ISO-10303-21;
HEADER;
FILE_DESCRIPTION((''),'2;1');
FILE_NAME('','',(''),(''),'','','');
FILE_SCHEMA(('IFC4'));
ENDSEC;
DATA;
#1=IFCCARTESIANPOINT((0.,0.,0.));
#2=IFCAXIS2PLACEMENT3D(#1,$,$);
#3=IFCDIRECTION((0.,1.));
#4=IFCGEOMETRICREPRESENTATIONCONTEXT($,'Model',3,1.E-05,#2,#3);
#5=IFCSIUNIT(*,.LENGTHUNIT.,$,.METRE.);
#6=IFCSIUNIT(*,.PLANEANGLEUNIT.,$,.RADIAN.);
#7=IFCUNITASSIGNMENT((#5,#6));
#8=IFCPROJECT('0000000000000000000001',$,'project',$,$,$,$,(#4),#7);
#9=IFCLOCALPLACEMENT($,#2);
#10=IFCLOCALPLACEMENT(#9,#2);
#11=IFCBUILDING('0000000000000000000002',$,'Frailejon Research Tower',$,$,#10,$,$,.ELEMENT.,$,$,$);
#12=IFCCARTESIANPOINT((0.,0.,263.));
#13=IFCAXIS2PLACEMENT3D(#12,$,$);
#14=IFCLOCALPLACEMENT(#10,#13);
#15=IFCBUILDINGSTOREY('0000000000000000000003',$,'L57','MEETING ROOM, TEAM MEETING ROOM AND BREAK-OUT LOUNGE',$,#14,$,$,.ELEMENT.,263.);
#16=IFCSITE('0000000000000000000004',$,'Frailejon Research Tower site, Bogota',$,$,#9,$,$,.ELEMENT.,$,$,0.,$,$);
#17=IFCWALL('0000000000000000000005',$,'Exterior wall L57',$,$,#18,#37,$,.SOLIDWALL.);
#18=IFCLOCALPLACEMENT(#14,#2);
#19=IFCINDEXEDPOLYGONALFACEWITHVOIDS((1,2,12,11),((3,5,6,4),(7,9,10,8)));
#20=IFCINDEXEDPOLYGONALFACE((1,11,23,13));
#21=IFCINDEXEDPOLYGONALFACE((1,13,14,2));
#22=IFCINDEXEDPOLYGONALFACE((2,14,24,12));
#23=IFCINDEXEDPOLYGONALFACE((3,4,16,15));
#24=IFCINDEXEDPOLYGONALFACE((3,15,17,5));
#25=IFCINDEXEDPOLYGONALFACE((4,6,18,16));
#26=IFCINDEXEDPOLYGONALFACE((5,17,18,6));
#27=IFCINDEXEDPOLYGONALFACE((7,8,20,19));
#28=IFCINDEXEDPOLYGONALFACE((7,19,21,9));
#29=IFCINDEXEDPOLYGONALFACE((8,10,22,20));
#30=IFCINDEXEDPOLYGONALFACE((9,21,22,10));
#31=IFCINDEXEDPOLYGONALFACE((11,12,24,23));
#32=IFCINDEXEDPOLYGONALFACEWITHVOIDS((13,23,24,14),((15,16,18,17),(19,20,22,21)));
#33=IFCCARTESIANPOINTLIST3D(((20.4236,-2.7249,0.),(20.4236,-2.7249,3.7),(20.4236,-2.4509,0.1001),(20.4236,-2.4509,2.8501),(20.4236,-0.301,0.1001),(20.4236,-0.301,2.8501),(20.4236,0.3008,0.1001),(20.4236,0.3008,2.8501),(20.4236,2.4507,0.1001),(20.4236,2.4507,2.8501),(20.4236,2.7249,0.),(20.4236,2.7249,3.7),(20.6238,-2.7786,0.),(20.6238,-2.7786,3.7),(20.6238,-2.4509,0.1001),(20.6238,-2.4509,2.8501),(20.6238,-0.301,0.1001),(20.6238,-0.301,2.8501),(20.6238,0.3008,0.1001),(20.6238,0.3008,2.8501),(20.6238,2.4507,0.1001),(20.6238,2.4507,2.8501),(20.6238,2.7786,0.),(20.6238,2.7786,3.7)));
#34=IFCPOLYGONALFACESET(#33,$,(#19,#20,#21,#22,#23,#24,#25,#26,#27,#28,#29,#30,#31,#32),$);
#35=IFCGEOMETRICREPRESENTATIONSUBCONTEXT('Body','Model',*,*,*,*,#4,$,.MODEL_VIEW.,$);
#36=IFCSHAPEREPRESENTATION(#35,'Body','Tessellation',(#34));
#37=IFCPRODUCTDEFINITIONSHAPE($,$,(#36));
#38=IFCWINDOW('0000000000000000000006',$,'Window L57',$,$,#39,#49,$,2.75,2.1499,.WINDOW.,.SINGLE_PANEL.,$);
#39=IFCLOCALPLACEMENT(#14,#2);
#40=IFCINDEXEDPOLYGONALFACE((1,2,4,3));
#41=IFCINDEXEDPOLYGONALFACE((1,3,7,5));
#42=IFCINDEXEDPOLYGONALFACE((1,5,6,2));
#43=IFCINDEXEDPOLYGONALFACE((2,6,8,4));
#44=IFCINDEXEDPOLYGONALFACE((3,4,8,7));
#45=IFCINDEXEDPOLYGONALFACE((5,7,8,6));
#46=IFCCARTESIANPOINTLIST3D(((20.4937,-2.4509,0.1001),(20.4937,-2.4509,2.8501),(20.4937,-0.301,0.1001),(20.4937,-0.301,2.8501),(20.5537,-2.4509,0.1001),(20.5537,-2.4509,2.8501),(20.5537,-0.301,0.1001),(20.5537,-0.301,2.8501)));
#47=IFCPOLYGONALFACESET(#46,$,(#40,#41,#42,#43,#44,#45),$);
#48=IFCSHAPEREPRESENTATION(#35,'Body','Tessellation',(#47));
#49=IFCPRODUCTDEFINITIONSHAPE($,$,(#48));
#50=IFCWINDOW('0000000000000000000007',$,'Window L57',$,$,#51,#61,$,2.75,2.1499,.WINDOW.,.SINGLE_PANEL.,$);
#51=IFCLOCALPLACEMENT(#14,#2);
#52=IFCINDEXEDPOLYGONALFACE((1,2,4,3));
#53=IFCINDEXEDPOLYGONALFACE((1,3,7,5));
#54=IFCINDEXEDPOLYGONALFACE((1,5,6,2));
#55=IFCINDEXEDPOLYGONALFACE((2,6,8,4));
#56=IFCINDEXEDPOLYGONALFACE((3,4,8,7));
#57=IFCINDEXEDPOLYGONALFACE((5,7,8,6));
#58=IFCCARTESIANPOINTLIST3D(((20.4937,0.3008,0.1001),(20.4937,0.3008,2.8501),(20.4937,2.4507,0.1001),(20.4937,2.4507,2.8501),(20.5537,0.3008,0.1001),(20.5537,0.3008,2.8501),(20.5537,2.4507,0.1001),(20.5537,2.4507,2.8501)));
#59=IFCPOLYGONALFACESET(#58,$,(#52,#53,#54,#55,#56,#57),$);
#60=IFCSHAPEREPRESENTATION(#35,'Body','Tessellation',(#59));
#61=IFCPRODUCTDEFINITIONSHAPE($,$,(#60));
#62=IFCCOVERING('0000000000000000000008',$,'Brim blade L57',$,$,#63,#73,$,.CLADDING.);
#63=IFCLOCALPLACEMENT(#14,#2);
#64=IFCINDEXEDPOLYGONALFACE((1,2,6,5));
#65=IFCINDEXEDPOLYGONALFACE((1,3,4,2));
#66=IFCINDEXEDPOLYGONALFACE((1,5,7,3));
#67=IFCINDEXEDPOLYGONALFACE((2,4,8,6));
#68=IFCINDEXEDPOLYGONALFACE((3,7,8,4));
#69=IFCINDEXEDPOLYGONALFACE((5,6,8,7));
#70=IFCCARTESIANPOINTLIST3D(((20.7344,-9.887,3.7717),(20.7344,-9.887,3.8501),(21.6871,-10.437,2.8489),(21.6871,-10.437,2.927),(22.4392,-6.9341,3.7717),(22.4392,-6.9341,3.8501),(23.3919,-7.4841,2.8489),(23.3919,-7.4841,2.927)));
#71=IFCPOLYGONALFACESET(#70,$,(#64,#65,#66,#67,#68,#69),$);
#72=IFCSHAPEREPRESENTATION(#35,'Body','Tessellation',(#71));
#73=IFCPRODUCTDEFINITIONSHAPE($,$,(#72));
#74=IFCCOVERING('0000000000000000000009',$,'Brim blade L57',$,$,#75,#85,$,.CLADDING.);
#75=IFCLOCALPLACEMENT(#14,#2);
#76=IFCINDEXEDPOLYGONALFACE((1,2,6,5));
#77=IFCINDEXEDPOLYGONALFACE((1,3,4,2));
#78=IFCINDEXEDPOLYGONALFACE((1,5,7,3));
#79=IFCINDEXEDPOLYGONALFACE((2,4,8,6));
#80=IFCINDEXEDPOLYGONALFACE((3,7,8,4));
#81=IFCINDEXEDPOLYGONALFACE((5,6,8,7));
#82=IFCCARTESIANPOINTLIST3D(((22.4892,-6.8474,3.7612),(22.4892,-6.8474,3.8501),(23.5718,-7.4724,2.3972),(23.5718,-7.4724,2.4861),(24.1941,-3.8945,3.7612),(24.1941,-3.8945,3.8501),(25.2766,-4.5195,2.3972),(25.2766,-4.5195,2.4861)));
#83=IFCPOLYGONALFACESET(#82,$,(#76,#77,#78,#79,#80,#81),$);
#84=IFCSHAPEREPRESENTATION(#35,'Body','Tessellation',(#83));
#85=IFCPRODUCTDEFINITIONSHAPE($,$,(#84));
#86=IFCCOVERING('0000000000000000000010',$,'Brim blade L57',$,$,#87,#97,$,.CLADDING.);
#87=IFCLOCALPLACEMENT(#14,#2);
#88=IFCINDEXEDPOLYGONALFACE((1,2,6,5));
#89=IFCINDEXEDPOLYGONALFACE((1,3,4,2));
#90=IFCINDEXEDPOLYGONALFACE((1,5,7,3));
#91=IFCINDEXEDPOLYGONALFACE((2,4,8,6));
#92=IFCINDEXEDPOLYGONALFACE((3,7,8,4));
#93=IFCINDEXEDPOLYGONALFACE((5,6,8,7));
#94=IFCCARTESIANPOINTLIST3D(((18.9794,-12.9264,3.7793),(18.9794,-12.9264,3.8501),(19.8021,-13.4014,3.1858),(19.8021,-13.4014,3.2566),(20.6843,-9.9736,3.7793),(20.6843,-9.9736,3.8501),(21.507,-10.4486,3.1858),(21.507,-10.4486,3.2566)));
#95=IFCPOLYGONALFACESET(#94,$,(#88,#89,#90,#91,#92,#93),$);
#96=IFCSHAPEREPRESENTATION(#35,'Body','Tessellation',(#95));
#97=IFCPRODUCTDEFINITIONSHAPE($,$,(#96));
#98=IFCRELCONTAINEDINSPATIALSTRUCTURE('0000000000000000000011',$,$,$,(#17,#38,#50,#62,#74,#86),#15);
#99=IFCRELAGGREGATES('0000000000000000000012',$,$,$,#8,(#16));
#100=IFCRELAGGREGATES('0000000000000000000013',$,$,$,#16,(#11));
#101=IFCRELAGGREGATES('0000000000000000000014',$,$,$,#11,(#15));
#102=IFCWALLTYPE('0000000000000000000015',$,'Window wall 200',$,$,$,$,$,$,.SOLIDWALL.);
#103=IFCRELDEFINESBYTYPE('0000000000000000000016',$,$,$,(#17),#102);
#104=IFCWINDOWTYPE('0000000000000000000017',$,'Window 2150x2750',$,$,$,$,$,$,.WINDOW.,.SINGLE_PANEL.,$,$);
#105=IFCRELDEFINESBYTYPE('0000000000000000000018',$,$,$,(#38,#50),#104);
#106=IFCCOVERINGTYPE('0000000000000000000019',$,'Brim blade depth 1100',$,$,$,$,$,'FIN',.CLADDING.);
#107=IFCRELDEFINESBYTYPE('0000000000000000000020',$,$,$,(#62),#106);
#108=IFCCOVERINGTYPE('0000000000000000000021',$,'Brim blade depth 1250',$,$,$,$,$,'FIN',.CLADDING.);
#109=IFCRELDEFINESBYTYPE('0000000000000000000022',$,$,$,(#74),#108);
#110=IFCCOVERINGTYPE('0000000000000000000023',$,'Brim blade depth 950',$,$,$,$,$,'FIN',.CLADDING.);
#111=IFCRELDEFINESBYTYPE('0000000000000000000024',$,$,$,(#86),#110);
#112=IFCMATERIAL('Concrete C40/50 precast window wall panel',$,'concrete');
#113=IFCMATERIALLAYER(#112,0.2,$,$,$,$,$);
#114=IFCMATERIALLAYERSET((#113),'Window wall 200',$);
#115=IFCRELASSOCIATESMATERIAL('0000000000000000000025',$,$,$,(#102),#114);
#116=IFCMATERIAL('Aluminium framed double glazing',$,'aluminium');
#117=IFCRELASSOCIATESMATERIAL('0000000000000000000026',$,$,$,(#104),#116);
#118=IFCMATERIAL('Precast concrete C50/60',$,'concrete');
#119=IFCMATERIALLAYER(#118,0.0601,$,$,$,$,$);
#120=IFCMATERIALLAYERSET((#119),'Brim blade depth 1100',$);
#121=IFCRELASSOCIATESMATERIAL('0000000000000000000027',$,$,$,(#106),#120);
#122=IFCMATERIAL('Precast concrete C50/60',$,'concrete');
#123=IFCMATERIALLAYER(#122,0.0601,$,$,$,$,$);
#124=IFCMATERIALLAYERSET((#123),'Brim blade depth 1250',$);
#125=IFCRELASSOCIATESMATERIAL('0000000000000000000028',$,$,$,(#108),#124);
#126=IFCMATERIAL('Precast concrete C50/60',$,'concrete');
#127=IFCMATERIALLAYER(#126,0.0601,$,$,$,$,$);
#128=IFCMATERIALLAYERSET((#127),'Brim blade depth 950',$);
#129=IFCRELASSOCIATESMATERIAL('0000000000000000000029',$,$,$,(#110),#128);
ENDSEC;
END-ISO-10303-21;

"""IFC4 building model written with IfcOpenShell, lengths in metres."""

from ifc_helpers import new_model, si_unit, direction, frame, frame_2d, origin, place, context, subcontext, project, spatial, polyline, rectangle, outline, extrude, material, layer, layer_set, type_object, element, fill, save


model = new_model("IFC4")

# Units and contexts
model_context = context("Model", 3, precision=1e-05, world=origin(), true_north=direction((0.0, 1.0)))
body_context = subcontext(model_context, "Body", "Model", "MODEL_VIEW")
ifc_project = project(units=[si_unit("LENGTHUNIT", "METRE"), si_unit("PLANEANGLEUNIT", "RADIAN")], contexts=[model_context])

# Site, building, storey
site_placement = place(None, origin())
site = spatial("IfcSite", under=ifc_project, at=site_placement, Name="Frailejon Research Tower site, Bogota", CompositionType="ELEMENT", RefElevation=0.0)
building_placement = place(site_placement, origin())
building = spatial("IfcBuilding", under=site, at=building_placement, Name="Frailejon Research Tower", CompositionType="ELEMENT")
storey_placement = place(building_placement, frame((0.0, 0.0, 263.0)))
storey = spatial("IfcBuildingStorey", under=building, at=storey_placement, Name="L57", Description="MEETING ROOM, TEAM MEETING ROOM AND BREAK-OUT LOUNGE", CompositionType="ELEMENT", Elevation=263.0)

# Wall, openings, windows
ifc_material_1 = material(Name="Concrete C40/50 precast window wall panel", Category="concrete")
ifc_layer_1 = layer(ifc_material_1, 0.2)
ifc_layer_set_1 = layer_set([ifc_layer_1], Name="Window wall 200")
wall_type = type_object("IfcWallType", Name="Window wall 200", PredefinedType="SOLIDWALL", material=ifc_layer_set_1)
wall_placement = place(storey_placement, frame((20.5237, -2.7517, 0.0), z_axis=(0.0, 0.0, 1.0), x_axis=(0.0, 1.0, 0.0)))
wall = element("IfcWall", 1, at=wall_placement, inside=storey, type_object=wall_type, Name="Exterior wall L57", PredefinedType="SOLIDWALL", context=body_context, shape_type="SweptSolid", body=[
    extrude(outline(polyline([(-0.0269, -0.1001), (1.0845, -0.1001), (2.196, -0.1001), (3.3074, -0.1001), (4.4189, -0.1001), (5.5303, -0.1001), (5.4766, 0.1001), (4.3867, 0.1001), (3.2966, 0.1001), (2.2068, 0.1001), (1.1167, 0.1001), (0.0269, 0.1001), (-0.0269, -0.1001)])), origin(), (0.0, 0.0, 1.0), 3.7),
])
opening_1_placement = place(wall_placement, frame((0.3008, 0.0, 0.1001)))
opening_1 = element("IfcOpeningElement", 2, at=opening_1_placement, cuts=wall, PredefinedType="OPENING", context=body_context, shape_type="SweptSolid", body=[
    extrude(rectangle(XDim=2.1499, YDim=2.75, at=frame_2d((1.075, 1.375))), frame((0.0, 0.1099, 0.0), z_axis=(0.0, -1.0, 0.0), x_axis=(1.0, 0.0, 0.0)), (0.0, 0.0, 1.0), 0.22),
])
opening_2_placement = place(wall_placement, frame((3.0525, 0.0, 0.1001)))
opening_2 = element("IfcOpeningElement", 3, at=opening_2_placement, cuts=wall, PredefinedType="OPENING", context=body_context, shape_type="SweptSolid", body=[
    extrude(rectangle(XDim=2.1499, YDim=2.75, at=frame_2d((1.075, 1.375))), frame((0.0, 0.1099, 0.0), z_axis=(0.0, -1.0, 0.0), x_axis=(1.0, 0.0, 0.0)), (0.0, 0.0, 1.0), 0.22),
])
ifc_material_2 = material(Name="Aluminium framed double glazing", Category="aluminium")
window_type = type_object("IfcWindowType", Name="Window 2150x2750", PartitioningType="SINGLE_PANEL", PredefinedType="WINDOW", material=ifc_material_2)
window_1_placement = place(opening_1_placement, origin())
window_1 = element("IfcWindow", 4, at=window_1_placement, inside=storey, type_object=window_type, Name="Window L57", OverallHeight=2.75, OverallWidth=2.1499, PartitioningType="SINGLE_PANEL", PredefinedType="WINDOW", context=body_context, shape_type="SweptSolid", body=[
    extrude(rectangle(XDim=2.1499, YDim=2.75, at=frame_2d((1.075, 1.375))), frame((0.0, 0.03, 0.0), z_axis=(0.0, -1.0, 0.0), x_axis=(1.0, 0.0, 0.0)), (0.0, 0.0, 1.0), 0.0601),
])
fill(opening_1, window_1)
window_2_placement = place(opening_2_placement, origin())
window_2 = element("IfcWindow", 5, at=window_2_placement, inside=storey, type_object=window_type, Name="Window L57", OverallHeight=2.75, OverallWidth=2.1499, PartitioningType="SINGLE_PANEL", PredefinedType="WINDOW", context=body_context, shape_type="SweptSolid", body=[
    extrude(rectangle(XDim=2.1499, YDim=2.75, at=frame_2d((1.075, 1.375))), frame((0.0, 0.03, 0.0), z_axis=(0.0, -1.0, 0.0), x_axis=(1.0, 0.0, 0.0)), (0.0, 0.0, 1.0), 0.0601),
])
fill(opening_2, window_2)

# Coverings
ifc_material_3 = material(Name="Precast concrete C50/60", Category="concrete")
ifc_layer_2 = layer(ifc_material_3, 0.0601)
ifc_layer_set_2 = layer_set([ifc_layer_2], Name="Brim blade depth 1100")
covering_type_1 = type_object("IfcCoveringType", Name="Brim blade depth 1100", ElementType="FIN", PredefinedType="CLADDING", material=ifc_layer_set_2)
covering_1_placement = place(storey_placement, frame((22.4392, -6.9341, 3.8501), z_axis=(-0.499988, -0.866032, 0.0), x_axis=(0.866032, -0.499988, 0.0)))
element("IfcCovering", 6, at=covering_1_placement, inside=storey, type_object=covering_type_1, Name="Brim blade L57", PredefinedType="CLADDING", context=body_context, shape_type="SweptSolid", body=[
    extrude(outline(polyline([(0.0, -0.0784), (1.1001, -1.0012), (1.1001, -0.9231), (0.0, 0.0), (0.0, -0.0784)])), origin(), (0.0, 0.0, 1.0), 3.4097),
])
ifc_material_4 = material(Name="Precast concrete C50/60", Category="concrete")
ifc_layer_3 = layer(ifc_material_4, 0.0601)
ifc_layer_set_3 = layer_set([ifc_layer_3], Name="Brim blade depth 1250")
covering_type_2 = type_object("IfcCoveringType", Name="Brim blade depth 1250", ElementType="FIN", PredefinedType="CLADDING", material=ifc_layer_set_3)
covering_2_placement = place(storey_placement, frame((24.1941, -3.8945, 3.8501), z_axis=(-0.500009, -0.86602, 0.0), x_axis=(0.86602, -0.500009, 0.0)))
element("IfcCovering", 7, at=covering_2_placement, inside=storey, type_object=covering_type_2, Name="Brim blade L57", PredefinedType="CLADDING", context=body_context, shape_type="SweptSolid", body=[
    extrude(outline(polyline([(0.0, -0.0889), (1.25, -1.4529), (1.25, -1.364), (0.0, 0.0), (0.0, -0.0889)])), origin(), (0.0, 0.0, 1.0), 3.4097),
])
ifc_material_5 = material(Name="Precast concrete C50/60", Category="concrete")
ifc_layer_4 = layer(ifc_material_5, 0.0601)
ifc_layer_set_4 = layer_set([ifc_layer_4], Name="Brim blade depth 950")
covering_type_3 = type_object("IfcCoveringType", Name="Brim blade depth 950", ElementType="FIN", PredefinedType="CLADDING", material=ifc_layer_set_4)
covering_3_placement = place(storey_placement, frame((20.6843, -9.9736, 3.8501), z_axis=(-0.500022, -0.866013, 0.0), x_axis=(0.866013, -0.500022, 0.0)))
element("IfcCovering", 8, at=covering_3_placement, inside=storey, type_object=covering_type_3, Name="Brim blade L57", PredefinedType="CLADDING", context=body_context, shape_type="SweptSolid", body=[
    extrude(outline(polyline([(0.0, -0.0708), (0.95, -0.6643), (0.95, -0.5935), (0.0, 0.0), (0.0, -0.0708)])), origin(), (0.0, 0.0, 1.0), 3.4097),
])

save(model, "model.ifc")
